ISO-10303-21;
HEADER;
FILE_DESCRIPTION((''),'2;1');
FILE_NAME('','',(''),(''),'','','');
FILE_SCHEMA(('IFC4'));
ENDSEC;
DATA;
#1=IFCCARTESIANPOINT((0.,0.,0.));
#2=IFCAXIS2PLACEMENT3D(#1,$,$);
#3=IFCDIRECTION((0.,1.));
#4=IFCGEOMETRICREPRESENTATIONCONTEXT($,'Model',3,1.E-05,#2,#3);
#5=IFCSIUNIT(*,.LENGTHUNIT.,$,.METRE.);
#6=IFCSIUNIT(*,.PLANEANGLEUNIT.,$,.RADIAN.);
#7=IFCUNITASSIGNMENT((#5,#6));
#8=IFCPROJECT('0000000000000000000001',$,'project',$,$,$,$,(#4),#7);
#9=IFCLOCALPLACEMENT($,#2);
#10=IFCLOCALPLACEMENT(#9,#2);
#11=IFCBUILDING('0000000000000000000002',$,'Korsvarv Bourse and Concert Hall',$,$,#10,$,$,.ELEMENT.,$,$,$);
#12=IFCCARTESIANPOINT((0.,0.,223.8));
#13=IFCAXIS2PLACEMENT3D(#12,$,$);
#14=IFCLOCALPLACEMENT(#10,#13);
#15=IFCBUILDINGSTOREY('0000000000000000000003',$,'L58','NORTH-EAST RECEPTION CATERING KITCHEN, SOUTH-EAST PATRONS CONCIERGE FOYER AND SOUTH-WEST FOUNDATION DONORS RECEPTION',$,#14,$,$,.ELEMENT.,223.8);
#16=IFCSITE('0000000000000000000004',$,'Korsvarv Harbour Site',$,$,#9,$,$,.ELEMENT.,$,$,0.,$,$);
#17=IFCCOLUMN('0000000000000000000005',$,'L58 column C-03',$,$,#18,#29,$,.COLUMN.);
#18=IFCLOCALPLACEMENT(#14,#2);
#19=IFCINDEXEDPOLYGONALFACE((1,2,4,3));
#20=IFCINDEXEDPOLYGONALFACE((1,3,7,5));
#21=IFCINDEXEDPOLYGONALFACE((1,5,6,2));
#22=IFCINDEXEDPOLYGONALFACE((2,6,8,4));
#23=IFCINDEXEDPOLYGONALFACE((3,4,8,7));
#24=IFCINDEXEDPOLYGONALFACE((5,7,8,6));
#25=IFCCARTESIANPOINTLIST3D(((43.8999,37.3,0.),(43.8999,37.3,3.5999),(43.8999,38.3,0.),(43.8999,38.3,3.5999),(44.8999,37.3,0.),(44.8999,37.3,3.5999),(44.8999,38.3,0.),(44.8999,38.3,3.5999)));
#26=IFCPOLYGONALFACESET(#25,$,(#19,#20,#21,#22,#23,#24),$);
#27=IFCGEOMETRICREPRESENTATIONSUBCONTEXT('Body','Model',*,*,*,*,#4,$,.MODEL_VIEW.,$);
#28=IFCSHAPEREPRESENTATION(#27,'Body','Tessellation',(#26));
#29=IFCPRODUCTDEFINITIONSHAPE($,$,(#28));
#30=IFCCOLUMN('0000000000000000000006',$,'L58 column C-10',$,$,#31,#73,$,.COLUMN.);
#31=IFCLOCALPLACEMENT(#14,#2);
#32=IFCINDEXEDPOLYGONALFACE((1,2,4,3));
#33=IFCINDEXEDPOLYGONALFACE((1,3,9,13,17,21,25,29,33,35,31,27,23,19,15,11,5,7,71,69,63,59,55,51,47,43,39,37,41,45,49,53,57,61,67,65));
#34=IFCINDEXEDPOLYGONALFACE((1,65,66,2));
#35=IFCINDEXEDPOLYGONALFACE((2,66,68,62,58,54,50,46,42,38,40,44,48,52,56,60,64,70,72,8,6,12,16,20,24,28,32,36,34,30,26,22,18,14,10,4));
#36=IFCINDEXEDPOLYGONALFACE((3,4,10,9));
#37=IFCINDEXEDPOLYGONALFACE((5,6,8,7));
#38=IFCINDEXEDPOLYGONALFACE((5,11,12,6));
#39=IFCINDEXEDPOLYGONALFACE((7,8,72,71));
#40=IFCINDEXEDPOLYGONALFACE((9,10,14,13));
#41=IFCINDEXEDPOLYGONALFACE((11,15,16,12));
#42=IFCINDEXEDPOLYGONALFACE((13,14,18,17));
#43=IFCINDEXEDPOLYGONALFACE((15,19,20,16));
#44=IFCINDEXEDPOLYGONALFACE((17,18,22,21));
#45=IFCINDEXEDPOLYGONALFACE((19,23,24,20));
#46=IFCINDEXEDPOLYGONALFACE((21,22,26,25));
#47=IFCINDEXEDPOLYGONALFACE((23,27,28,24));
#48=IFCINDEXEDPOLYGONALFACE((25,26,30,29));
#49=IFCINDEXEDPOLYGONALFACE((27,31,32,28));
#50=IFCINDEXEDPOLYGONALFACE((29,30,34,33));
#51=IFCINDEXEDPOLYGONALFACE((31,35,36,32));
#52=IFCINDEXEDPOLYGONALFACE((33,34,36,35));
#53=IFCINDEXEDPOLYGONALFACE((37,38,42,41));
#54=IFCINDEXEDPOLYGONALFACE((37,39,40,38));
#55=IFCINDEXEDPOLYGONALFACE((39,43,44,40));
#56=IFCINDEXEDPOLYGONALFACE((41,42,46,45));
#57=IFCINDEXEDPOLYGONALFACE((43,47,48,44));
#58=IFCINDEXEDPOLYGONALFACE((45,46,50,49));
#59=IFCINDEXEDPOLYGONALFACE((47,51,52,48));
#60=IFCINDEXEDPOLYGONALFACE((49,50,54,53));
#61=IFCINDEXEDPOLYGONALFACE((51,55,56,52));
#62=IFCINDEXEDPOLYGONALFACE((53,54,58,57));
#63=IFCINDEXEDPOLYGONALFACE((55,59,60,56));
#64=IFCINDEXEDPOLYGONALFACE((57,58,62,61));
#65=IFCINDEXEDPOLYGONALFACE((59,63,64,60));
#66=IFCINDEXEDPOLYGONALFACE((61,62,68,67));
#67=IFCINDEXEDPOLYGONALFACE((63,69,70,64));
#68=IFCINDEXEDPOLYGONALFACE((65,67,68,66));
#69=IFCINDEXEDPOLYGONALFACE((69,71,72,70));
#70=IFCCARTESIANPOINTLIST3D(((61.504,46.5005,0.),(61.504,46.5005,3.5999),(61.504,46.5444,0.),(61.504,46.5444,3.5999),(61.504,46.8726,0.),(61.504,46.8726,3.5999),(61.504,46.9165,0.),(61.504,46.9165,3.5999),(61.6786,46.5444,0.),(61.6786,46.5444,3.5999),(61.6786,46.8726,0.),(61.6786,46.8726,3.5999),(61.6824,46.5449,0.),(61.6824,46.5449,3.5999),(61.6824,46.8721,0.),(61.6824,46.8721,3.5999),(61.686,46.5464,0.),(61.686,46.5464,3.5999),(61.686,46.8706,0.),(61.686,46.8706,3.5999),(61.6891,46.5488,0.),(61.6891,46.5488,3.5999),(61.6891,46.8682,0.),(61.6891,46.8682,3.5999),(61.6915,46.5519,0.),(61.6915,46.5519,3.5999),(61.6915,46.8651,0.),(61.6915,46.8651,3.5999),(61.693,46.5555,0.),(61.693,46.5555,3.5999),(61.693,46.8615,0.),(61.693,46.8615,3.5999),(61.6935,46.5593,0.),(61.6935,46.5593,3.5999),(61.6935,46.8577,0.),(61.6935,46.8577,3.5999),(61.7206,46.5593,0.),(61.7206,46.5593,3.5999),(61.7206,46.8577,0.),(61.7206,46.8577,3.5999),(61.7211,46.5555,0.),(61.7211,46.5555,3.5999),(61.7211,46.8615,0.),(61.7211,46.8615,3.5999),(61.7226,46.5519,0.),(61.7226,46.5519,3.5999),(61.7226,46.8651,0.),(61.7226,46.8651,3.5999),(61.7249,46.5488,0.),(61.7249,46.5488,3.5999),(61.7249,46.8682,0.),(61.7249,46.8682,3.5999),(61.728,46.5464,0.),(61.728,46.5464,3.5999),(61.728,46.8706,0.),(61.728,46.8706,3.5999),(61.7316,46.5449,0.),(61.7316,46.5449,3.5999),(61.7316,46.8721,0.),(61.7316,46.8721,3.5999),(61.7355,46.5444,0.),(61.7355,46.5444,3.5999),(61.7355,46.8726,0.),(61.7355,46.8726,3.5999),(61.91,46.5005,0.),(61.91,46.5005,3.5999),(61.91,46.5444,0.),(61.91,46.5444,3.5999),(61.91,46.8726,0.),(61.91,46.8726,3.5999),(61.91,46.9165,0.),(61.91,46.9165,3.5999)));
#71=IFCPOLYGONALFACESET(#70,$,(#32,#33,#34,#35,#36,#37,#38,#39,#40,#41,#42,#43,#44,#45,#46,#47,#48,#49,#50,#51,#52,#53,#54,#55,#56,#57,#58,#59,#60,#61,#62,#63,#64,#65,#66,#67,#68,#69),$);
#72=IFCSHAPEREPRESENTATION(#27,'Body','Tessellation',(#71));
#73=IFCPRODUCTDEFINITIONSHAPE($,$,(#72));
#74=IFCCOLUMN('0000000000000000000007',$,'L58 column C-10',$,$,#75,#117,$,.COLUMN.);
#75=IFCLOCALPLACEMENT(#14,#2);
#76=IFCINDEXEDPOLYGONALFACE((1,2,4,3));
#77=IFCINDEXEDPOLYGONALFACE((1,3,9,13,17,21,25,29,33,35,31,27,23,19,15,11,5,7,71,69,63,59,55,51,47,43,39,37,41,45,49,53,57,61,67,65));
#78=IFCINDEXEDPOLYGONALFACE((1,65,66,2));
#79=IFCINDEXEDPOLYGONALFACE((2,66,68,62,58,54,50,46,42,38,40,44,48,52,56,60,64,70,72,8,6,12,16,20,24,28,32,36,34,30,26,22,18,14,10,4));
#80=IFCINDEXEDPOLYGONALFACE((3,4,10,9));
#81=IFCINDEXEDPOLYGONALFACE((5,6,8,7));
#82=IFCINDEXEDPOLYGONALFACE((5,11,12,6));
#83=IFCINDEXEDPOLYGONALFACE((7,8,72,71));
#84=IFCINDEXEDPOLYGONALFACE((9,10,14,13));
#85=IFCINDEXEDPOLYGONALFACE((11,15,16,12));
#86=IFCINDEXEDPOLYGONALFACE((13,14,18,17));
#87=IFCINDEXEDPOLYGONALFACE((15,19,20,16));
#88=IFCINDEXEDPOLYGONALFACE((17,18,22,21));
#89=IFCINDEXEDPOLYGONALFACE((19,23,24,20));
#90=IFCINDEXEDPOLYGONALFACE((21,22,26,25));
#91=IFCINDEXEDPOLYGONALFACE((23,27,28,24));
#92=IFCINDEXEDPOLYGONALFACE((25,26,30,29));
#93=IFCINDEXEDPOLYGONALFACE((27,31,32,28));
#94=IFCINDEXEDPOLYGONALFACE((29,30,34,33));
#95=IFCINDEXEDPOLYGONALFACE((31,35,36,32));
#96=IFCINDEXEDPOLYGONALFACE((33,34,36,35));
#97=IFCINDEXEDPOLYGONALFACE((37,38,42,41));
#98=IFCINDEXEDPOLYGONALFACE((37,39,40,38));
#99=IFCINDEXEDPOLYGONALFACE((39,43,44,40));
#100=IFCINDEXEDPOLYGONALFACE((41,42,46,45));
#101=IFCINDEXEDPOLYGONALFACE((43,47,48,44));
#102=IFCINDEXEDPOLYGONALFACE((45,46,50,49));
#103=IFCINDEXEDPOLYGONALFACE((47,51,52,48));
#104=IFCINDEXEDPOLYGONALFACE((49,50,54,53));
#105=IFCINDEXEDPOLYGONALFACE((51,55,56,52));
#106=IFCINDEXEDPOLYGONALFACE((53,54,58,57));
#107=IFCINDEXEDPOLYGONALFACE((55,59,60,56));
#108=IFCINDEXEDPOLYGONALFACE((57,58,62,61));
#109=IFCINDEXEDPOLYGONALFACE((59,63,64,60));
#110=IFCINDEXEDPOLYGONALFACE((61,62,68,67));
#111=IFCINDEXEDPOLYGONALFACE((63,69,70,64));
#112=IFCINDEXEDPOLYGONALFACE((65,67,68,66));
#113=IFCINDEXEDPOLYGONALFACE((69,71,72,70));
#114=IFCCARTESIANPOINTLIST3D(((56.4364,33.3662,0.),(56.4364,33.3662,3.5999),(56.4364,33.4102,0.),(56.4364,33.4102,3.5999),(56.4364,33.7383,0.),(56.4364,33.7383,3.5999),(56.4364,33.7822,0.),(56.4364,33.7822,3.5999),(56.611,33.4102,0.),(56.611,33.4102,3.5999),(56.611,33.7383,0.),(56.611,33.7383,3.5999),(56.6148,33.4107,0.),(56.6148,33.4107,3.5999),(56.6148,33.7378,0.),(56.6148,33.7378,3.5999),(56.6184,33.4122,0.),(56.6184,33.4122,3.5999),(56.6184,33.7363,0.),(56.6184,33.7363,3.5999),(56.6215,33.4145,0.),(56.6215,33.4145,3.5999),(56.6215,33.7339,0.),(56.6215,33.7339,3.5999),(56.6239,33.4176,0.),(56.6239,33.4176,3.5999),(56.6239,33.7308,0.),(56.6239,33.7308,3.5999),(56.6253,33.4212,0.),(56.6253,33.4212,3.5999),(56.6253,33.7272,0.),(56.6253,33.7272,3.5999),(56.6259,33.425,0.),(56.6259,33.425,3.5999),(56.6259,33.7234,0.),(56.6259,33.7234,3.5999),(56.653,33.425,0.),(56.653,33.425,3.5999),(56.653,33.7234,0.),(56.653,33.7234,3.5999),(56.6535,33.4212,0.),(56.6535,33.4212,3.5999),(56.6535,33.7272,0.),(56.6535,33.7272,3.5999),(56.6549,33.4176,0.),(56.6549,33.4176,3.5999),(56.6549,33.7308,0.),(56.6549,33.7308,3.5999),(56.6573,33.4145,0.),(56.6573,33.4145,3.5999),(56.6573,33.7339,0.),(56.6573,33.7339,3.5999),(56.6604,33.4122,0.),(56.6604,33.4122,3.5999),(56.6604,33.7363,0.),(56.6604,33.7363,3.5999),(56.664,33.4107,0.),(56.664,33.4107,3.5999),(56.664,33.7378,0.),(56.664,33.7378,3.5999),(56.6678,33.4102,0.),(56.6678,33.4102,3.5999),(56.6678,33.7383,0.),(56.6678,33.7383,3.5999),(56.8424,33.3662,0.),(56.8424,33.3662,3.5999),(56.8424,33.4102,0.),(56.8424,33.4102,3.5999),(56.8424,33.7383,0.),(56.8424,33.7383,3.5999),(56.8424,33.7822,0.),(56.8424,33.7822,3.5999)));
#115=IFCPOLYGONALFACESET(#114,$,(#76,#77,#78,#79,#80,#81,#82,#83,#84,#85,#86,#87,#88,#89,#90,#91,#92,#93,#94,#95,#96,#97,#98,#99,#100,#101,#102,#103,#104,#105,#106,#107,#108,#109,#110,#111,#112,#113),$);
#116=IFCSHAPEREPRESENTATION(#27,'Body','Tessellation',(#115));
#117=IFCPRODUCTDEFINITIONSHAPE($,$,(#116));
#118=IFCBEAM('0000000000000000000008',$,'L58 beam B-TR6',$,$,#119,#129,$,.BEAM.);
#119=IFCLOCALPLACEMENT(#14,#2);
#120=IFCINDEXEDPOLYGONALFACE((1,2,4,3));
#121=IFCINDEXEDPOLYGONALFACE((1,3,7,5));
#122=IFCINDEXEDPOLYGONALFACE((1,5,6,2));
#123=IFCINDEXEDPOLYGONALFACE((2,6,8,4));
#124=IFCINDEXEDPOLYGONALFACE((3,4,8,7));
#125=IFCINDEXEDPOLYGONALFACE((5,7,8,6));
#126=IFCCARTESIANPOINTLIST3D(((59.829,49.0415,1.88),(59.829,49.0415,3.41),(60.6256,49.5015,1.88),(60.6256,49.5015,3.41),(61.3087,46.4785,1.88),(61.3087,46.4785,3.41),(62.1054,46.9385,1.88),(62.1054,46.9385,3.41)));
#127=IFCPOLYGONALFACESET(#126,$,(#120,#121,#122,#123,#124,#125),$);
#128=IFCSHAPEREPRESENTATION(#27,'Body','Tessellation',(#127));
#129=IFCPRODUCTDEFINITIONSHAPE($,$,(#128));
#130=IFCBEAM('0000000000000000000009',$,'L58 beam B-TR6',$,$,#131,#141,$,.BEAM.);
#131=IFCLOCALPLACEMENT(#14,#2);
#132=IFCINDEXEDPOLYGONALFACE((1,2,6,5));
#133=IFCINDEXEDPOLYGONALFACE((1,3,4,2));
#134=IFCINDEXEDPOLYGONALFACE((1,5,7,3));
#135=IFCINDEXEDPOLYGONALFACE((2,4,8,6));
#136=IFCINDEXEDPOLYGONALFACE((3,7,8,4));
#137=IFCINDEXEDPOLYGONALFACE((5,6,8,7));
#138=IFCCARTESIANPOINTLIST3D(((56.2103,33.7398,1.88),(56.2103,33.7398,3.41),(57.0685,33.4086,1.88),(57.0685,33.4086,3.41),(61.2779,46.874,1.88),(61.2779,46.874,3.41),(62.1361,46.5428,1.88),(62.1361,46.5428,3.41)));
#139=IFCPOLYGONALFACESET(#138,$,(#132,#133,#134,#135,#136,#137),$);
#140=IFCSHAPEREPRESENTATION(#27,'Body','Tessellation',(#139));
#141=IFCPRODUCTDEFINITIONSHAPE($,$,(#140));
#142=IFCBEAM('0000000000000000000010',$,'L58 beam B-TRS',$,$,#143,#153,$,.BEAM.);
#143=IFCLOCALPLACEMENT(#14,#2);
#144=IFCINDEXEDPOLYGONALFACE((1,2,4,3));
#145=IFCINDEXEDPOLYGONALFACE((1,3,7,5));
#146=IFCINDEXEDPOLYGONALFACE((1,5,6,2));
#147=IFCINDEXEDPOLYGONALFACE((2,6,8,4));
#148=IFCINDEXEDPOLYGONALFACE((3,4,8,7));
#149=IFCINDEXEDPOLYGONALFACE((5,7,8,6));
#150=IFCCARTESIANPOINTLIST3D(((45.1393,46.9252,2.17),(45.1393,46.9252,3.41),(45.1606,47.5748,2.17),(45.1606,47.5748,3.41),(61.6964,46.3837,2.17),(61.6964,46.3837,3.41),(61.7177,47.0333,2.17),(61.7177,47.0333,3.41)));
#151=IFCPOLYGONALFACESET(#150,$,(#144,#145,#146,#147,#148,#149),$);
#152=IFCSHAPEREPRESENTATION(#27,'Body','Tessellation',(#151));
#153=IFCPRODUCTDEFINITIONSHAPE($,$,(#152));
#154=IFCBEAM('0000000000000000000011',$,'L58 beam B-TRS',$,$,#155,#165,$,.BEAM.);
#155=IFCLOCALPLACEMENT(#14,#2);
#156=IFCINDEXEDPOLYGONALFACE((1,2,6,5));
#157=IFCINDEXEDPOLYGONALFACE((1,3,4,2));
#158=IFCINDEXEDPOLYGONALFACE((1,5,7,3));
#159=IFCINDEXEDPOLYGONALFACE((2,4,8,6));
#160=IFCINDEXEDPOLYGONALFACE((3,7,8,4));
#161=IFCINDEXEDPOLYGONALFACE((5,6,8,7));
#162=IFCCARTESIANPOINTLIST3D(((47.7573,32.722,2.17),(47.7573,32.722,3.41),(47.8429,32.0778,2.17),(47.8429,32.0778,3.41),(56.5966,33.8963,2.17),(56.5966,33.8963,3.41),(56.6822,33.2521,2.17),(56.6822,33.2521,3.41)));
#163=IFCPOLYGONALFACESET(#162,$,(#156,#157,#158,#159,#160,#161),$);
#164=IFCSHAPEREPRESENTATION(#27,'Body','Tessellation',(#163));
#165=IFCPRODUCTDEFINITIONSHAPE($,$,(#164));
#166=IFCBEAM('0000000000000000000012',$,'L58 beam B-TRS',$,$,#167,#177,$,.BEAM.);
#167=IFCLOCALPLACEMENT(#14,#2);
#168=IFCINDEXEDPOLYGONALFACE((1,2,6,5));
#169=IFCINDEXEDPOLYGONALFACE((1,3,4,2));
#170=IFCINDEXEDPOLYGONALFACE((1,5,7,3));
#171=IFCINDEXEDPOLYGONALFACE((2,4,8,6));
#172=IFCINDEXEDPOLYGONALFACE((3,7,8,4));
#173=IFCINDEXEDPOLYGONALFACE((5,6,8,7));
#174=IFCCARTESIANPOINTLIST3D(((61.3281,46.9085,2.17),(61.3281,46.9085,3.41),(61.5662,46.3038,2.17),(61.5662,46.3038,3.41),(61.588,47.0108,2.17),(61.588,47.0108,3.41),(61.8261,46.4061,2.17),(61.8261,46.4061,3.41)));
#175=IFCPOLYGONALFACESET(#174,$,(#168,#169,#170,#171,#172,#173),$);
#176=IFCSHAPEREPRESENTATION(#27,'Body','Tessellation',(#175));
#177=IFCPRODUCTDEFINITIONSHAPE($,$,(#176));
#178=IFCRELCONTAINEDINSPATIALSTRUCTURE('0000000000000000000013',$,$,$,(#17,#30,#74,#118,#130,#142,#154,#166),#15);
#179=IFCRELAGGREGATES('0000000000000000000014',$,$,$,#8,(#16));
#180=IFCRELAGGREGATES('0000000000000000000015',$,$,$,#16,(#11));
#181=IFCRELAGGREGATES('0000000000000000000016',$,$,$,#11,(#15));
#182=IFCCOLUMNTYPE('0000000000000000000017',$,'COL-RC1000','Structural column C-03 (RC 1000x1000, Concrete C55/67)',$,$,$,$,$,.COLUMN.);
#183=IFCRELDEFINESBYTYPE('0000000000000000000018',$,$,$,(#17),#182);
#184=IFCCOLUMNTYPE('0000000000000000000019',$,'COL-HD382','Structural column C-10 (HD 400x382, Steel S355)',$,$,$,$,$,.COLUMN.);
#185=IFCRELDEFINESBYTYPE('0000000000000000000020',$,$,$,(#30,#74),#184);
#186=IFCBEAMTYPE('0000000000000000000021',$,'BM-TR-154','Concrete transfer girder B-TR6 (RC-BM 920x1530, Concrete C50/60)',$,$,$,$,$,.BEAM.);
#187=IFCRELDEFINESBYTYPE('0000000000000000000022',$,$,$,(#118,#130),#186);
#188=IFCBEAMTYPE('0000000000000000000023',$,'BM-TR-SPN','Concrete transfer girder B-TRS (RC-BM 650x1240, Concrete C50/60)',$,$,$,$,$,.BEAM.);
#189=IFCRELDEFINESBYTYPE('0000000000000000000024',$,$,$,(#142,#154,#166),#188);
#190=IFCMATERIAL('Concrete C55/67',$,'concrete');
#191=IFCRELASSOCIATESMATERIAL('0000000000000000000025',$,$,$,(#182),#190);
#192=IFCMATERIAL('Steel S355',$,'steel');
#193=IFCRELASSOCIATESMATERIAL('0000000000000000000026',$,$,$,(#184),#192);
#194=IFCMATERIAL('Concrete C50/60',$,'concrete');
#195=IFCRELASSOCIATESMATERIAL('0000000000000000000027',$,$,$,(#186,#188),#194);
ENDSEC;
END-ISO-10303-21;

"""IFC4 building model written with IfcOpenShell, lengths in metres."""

from ifc_helpers import new_model, si_unit, direction, frame, origin, origin_2d, place, context, subcontext, project, spatial, rectangle, i_section, extrude, source, transform, mapped, material, material_profile, profile_set, type_object, element, save


model = new_model("IFC4")

# Units and contexts
model_context = context("Model", 3, precision=1e-05, world=origin(), true_north=direction((0.0, 1.0)))
body_context = subcontext(model_context, "Body", "Model", "MODEL_VIEW")
ifc_project = project(units=[si_unit("LENGTHUNIT", "METRE"), si_unit("PLANEANGLEUNIT", "RADIAN")], contexts=[model_context])

# Site, building, storey
site_placement = place(None, origin())
site = spatial("IfcSite", under=ifc_project, at=site_placement, Name="Korsvarv Harbour Site", CompositionType="ELEMENT", RefElevation=0.0)
building_placement = place(site_placement, origin())
building = spatial("IfcBuilding", under=site, at=building_placement, Name="Korsvarv Bourse and Concert Hall", CompositionType="ELEMENT")
storey_placement = place(building_placement, frame((0.0, 0.0, 223.8)))
storey = spatial("IfcBuildingStorey", under=building, at=storey_placement, Name="L58", Description="NORTH-EAST RECEPTION CATERING KITCHEN, SOUTH-EAST PATRONS CONCIERGE FOYER AND SOUTH-WEST FOUNDATION DONORS RECEPTION", CompositionType="ELEMENT", Elevation=223.8)

# Columns
ifc_material_1 = material(Name="Concrete C55/67", Category="concrete")
ifc_material_profile_1 = material_profile(ifc_material_1, rectangle(XDim=1.0, YDim=1.0, at=origin_2d()), Name="RC 1000x1000")
ifc_profile_set_1 = profile_set([ifc_material_profile_1], Name="Concrete C55/67")
column_type_1 = type_object("IfcColumnType", Name="COL-RC1000", Description="Structural column C-03 (RC 1000x1000, Concrete C55/67)", PredefinedType="COLUMN", material=ifc_profile_set_1)
shared_shape_1 = source(origin(), body_context, "Body", "SweptSolid", [
    extrude(rectangle(XDim=1.0, YDim=1.0, at=origin_2d()), origin(), (0.0, 0.0, 1.0), 3.5999),
])
column_placement = place(storey_placement, frame((44.3999, 37.8, 0.0), z_axis=(0.0, 0.0, 1.0), x_axis=(1.0, 0.0, 0.0)))
element("IfcColumn", 1, at=column_placement, inside=storey, type_object=column_type_1, Name="L58 column C-03", PredefinedType="COLUMN", context=body_context, shape_type="MappedRepresentation", body=[
    mapped(shared_shape_1, transform((0.0, 0.0, 0.0), scale=1.0)),
])
ifc_material_2 = material(Name="Steel S355", Category="steel")
ifc_material_profile_2 = material_profile(ifc_material_2, i_section(OverallWidth=0.406, OverallDepth=0.416, WebThickness=0.0271, FlangeThickness=0.0439, FilletRadius=0.0149, at=origin_2d()), Name="HD 400x382")
ifc_profile_set_2 = profile_set([ifc_material_profile_2], Name="Steel S355")
column_type_2 = type_object("IfcColumnType", Name="COL-HD382", Description="Structural column C-10 (HD 400x382, Steel S355)", PredefinedType="COLUMN", material=ifc_profile_set_2)
shared_shape_2 = source(origin(), body_context, "Body", "SweptSolid", [
    extrude(i_section(OverallWidth=0.406, OverallDepth=0.416, WebThickness=0.0271, FlangeThickness=0.0439, FilletRadius=0.0149, at=origin_2d()), origin(), (0.0, 0.0, 1.0), 3.5999),
])
for number, where, z_axis, x_axis, name in (
    (2, (61.707, 46.7085, 0.0), (0.0, 0.0, 1.0), (1.0, 0.0, 0.0), "L58 column C-10"),
    (3, (56.6394, 33.5742, 0.0), (0.0, 0.0, 1.0), (1.0, 0.0, 0.0), "L58 column C-10"),
):
    element("IfcColumn", number, at=place(storey_placement, frame(where, z_axis=z_axis, x_axis=x_axis)), inside=storey, type_object=column_type_2, Name=name, PredefinedType="COLUMN", context=body_context, shape_type="MappedRepresentation", body=[
        mapped(shared_shape_2, transform((0.0, 0.0, 0.0), scale=1.0)),
    ])

# Beams
ifc_material_3 = material(Name="Concrete C50/60", Category="concrete")
ifc_material_profile_3 = material_profile(ifc_material_3, rectangle(XDim=0.9199, YDim=1.53, at=origin_2d()), Name="RC-BM 920x1530")
ifc_profile_set_3 = profile_set([ifc_material_profile_3], Name="Concrete C50/60")
beam_type_1 = type_object("IfcBeamType", Name="BM-TR-154", Description="Concrete transfer girder B-TR6 (RC-BM 920x1530, Concrete C50/60)", PredefinedType="BEAM", material=ifc_profile_set_3)
shared_shape_3 = source(origin(), body_context, "Body", "SweptSolid", [
    extrude(rectangle(XDim=0.9199, YDim=1.53, at=origin_2d()), origin(), (0.0, 0.0, 1.0), 2.9595),
])
beam_1_placement = place(storey_placement, frame((61.707, 46.7085, 2.645), z_axis=(-0.499999, 0.866026, 0.0), x_axis=(-0.866026, -0.499999, 0.0)))
element("IfcBeam", 4, at=beam_1_placement, inside=storey, type_object=beam_type_1, Name="L58 beam B-TR6", PredefinedType="BEAM", context=body_context, shape_type="MappedRepresentation", body=[
    mapped(shared_shape_3, transform((0.0, 0.0, 0.0), scale=1.0)),
])
shared_shape_4 = source(origin(), body_context, "Body", "SweptSolid", [
    extrude(rectangle(XDim=0.9199, YDim=1.53, at=origin_2d()), origin(), (0.0, 0.0, 1.0), 14.0779),
])
beam_2_placement = place(storey_placement, frame((56.6394, 33.5742, 2.645), z_axis=(0.359968, 0.932965, 0.0), x_axis=(-0.932965, 0.359968, 0.0)))
element("IfcBeam", 5, at=beam_2_placement, inside=storey, type_object=beam_type_1, Name="L58 beam B-TR6", PredefinedType="BEAM", context=body_context, shape_type="MappedRepresentation", body=[
    mapped(shared_shape_4, transform((0.0, 0.0, 0.0), scale=1.0)),
])
ifc_material_profile_4 = material_profile(ifc_material_3, rectangle(XDim=0.6499, YDim=1.24, at=origin_2d()), Name="RC-BM 650x1240")
ifc_profile_set_4 = profile_set([ifc_material_profile_4], Name="Concrete C50/60")
beam_type_2 = type_object("IfcBeamType", Name="BM-TR-SPN", Description="Concrete transfer girder B-TRS (RC-BM 650x1240, Concrete C50/60)", PredefinedType="BEAM", material=ifc_profile_set_4)
shared_shape_5 = source(origin(), body_context, "Body", "SweptSolid", [
    extrude(rectangle(XDim=0.6499, YDim=1.24, at=origin_2d()), origin(), (0.0, 0.0, 1.0), 16.5659),
])
beam_3_placement = place(storey_placement, frame((61.707, 46.7085, 2.79), z_axis=(-0.999466, 0.032688, 0.0), x_axis=(-0.032688, -0.999466, 0.0)))
element("IfcBeam", 6, at=beam_3_placement, inside=storey, type_object=beam_type_2, Name="L58 beam B-TRS", PredefinedType="BEAM", context=body_context, shape_type="MappedRepresentation", body=[
    mapped(shared_shape_5, transform((0.0, 0.0, 0.0), scale=1.0)),
])
shared_shape_6 = source(origin(), body_context, "Body", "SweptSolid", [
    extrude(rectangle(XDim=0.6499, YDim=1.24, at=origin_2d()), origin(), (0.0, 0.0, 1.0), 8.917),
])
beam_4_placement = place(storey_placement, frame((56.6394, 33.5742, 2.79), z_axis=(-0.99129, -0.131694, 0.0), x_axis=(0.131694, -0.99129, 0.0)))
element("IfcBeam", 7, at=beam_4_placement, inside=storey, type_object=beam_type_2, Name="L58 beam B-TRS", PredefinedType="BEAM", context=body_context, shape_type="MappedRepresentation", body=[
    mapped(shared_shape_6, transform((0.0, 0.0, 0.0), scale=1.0)),
])
shared_shape_7 = source(origin(), body_context, "Body", "SweptSolid", [
    extrude(rectangle(XDim=0.6499, YDim=1.24, at=origin_2d()), origin(), (0.0, 0.0, 1.0), 0.2793),
])
beam_5_placement = place(storey_placement, frame((61.707, 46.7085, 2.79), z_axis=(-0.930454, -0.36641, 0.0), x_axis=(0.36641, -0.930454, 0.0)))
element("IfcBeam", 8, at=beam_5_placement, inside=storey, type_object=beam_type_2, Name="L58 beam B-TRS", PredefinedType="BEAM", context=body_context, shape_type="MappedRepresentation", body=[
    mapped(shared_shape_7, transform((0.0, 0.0, 0.0), scale=1.0)),
])

save(model, "model.ifc")
